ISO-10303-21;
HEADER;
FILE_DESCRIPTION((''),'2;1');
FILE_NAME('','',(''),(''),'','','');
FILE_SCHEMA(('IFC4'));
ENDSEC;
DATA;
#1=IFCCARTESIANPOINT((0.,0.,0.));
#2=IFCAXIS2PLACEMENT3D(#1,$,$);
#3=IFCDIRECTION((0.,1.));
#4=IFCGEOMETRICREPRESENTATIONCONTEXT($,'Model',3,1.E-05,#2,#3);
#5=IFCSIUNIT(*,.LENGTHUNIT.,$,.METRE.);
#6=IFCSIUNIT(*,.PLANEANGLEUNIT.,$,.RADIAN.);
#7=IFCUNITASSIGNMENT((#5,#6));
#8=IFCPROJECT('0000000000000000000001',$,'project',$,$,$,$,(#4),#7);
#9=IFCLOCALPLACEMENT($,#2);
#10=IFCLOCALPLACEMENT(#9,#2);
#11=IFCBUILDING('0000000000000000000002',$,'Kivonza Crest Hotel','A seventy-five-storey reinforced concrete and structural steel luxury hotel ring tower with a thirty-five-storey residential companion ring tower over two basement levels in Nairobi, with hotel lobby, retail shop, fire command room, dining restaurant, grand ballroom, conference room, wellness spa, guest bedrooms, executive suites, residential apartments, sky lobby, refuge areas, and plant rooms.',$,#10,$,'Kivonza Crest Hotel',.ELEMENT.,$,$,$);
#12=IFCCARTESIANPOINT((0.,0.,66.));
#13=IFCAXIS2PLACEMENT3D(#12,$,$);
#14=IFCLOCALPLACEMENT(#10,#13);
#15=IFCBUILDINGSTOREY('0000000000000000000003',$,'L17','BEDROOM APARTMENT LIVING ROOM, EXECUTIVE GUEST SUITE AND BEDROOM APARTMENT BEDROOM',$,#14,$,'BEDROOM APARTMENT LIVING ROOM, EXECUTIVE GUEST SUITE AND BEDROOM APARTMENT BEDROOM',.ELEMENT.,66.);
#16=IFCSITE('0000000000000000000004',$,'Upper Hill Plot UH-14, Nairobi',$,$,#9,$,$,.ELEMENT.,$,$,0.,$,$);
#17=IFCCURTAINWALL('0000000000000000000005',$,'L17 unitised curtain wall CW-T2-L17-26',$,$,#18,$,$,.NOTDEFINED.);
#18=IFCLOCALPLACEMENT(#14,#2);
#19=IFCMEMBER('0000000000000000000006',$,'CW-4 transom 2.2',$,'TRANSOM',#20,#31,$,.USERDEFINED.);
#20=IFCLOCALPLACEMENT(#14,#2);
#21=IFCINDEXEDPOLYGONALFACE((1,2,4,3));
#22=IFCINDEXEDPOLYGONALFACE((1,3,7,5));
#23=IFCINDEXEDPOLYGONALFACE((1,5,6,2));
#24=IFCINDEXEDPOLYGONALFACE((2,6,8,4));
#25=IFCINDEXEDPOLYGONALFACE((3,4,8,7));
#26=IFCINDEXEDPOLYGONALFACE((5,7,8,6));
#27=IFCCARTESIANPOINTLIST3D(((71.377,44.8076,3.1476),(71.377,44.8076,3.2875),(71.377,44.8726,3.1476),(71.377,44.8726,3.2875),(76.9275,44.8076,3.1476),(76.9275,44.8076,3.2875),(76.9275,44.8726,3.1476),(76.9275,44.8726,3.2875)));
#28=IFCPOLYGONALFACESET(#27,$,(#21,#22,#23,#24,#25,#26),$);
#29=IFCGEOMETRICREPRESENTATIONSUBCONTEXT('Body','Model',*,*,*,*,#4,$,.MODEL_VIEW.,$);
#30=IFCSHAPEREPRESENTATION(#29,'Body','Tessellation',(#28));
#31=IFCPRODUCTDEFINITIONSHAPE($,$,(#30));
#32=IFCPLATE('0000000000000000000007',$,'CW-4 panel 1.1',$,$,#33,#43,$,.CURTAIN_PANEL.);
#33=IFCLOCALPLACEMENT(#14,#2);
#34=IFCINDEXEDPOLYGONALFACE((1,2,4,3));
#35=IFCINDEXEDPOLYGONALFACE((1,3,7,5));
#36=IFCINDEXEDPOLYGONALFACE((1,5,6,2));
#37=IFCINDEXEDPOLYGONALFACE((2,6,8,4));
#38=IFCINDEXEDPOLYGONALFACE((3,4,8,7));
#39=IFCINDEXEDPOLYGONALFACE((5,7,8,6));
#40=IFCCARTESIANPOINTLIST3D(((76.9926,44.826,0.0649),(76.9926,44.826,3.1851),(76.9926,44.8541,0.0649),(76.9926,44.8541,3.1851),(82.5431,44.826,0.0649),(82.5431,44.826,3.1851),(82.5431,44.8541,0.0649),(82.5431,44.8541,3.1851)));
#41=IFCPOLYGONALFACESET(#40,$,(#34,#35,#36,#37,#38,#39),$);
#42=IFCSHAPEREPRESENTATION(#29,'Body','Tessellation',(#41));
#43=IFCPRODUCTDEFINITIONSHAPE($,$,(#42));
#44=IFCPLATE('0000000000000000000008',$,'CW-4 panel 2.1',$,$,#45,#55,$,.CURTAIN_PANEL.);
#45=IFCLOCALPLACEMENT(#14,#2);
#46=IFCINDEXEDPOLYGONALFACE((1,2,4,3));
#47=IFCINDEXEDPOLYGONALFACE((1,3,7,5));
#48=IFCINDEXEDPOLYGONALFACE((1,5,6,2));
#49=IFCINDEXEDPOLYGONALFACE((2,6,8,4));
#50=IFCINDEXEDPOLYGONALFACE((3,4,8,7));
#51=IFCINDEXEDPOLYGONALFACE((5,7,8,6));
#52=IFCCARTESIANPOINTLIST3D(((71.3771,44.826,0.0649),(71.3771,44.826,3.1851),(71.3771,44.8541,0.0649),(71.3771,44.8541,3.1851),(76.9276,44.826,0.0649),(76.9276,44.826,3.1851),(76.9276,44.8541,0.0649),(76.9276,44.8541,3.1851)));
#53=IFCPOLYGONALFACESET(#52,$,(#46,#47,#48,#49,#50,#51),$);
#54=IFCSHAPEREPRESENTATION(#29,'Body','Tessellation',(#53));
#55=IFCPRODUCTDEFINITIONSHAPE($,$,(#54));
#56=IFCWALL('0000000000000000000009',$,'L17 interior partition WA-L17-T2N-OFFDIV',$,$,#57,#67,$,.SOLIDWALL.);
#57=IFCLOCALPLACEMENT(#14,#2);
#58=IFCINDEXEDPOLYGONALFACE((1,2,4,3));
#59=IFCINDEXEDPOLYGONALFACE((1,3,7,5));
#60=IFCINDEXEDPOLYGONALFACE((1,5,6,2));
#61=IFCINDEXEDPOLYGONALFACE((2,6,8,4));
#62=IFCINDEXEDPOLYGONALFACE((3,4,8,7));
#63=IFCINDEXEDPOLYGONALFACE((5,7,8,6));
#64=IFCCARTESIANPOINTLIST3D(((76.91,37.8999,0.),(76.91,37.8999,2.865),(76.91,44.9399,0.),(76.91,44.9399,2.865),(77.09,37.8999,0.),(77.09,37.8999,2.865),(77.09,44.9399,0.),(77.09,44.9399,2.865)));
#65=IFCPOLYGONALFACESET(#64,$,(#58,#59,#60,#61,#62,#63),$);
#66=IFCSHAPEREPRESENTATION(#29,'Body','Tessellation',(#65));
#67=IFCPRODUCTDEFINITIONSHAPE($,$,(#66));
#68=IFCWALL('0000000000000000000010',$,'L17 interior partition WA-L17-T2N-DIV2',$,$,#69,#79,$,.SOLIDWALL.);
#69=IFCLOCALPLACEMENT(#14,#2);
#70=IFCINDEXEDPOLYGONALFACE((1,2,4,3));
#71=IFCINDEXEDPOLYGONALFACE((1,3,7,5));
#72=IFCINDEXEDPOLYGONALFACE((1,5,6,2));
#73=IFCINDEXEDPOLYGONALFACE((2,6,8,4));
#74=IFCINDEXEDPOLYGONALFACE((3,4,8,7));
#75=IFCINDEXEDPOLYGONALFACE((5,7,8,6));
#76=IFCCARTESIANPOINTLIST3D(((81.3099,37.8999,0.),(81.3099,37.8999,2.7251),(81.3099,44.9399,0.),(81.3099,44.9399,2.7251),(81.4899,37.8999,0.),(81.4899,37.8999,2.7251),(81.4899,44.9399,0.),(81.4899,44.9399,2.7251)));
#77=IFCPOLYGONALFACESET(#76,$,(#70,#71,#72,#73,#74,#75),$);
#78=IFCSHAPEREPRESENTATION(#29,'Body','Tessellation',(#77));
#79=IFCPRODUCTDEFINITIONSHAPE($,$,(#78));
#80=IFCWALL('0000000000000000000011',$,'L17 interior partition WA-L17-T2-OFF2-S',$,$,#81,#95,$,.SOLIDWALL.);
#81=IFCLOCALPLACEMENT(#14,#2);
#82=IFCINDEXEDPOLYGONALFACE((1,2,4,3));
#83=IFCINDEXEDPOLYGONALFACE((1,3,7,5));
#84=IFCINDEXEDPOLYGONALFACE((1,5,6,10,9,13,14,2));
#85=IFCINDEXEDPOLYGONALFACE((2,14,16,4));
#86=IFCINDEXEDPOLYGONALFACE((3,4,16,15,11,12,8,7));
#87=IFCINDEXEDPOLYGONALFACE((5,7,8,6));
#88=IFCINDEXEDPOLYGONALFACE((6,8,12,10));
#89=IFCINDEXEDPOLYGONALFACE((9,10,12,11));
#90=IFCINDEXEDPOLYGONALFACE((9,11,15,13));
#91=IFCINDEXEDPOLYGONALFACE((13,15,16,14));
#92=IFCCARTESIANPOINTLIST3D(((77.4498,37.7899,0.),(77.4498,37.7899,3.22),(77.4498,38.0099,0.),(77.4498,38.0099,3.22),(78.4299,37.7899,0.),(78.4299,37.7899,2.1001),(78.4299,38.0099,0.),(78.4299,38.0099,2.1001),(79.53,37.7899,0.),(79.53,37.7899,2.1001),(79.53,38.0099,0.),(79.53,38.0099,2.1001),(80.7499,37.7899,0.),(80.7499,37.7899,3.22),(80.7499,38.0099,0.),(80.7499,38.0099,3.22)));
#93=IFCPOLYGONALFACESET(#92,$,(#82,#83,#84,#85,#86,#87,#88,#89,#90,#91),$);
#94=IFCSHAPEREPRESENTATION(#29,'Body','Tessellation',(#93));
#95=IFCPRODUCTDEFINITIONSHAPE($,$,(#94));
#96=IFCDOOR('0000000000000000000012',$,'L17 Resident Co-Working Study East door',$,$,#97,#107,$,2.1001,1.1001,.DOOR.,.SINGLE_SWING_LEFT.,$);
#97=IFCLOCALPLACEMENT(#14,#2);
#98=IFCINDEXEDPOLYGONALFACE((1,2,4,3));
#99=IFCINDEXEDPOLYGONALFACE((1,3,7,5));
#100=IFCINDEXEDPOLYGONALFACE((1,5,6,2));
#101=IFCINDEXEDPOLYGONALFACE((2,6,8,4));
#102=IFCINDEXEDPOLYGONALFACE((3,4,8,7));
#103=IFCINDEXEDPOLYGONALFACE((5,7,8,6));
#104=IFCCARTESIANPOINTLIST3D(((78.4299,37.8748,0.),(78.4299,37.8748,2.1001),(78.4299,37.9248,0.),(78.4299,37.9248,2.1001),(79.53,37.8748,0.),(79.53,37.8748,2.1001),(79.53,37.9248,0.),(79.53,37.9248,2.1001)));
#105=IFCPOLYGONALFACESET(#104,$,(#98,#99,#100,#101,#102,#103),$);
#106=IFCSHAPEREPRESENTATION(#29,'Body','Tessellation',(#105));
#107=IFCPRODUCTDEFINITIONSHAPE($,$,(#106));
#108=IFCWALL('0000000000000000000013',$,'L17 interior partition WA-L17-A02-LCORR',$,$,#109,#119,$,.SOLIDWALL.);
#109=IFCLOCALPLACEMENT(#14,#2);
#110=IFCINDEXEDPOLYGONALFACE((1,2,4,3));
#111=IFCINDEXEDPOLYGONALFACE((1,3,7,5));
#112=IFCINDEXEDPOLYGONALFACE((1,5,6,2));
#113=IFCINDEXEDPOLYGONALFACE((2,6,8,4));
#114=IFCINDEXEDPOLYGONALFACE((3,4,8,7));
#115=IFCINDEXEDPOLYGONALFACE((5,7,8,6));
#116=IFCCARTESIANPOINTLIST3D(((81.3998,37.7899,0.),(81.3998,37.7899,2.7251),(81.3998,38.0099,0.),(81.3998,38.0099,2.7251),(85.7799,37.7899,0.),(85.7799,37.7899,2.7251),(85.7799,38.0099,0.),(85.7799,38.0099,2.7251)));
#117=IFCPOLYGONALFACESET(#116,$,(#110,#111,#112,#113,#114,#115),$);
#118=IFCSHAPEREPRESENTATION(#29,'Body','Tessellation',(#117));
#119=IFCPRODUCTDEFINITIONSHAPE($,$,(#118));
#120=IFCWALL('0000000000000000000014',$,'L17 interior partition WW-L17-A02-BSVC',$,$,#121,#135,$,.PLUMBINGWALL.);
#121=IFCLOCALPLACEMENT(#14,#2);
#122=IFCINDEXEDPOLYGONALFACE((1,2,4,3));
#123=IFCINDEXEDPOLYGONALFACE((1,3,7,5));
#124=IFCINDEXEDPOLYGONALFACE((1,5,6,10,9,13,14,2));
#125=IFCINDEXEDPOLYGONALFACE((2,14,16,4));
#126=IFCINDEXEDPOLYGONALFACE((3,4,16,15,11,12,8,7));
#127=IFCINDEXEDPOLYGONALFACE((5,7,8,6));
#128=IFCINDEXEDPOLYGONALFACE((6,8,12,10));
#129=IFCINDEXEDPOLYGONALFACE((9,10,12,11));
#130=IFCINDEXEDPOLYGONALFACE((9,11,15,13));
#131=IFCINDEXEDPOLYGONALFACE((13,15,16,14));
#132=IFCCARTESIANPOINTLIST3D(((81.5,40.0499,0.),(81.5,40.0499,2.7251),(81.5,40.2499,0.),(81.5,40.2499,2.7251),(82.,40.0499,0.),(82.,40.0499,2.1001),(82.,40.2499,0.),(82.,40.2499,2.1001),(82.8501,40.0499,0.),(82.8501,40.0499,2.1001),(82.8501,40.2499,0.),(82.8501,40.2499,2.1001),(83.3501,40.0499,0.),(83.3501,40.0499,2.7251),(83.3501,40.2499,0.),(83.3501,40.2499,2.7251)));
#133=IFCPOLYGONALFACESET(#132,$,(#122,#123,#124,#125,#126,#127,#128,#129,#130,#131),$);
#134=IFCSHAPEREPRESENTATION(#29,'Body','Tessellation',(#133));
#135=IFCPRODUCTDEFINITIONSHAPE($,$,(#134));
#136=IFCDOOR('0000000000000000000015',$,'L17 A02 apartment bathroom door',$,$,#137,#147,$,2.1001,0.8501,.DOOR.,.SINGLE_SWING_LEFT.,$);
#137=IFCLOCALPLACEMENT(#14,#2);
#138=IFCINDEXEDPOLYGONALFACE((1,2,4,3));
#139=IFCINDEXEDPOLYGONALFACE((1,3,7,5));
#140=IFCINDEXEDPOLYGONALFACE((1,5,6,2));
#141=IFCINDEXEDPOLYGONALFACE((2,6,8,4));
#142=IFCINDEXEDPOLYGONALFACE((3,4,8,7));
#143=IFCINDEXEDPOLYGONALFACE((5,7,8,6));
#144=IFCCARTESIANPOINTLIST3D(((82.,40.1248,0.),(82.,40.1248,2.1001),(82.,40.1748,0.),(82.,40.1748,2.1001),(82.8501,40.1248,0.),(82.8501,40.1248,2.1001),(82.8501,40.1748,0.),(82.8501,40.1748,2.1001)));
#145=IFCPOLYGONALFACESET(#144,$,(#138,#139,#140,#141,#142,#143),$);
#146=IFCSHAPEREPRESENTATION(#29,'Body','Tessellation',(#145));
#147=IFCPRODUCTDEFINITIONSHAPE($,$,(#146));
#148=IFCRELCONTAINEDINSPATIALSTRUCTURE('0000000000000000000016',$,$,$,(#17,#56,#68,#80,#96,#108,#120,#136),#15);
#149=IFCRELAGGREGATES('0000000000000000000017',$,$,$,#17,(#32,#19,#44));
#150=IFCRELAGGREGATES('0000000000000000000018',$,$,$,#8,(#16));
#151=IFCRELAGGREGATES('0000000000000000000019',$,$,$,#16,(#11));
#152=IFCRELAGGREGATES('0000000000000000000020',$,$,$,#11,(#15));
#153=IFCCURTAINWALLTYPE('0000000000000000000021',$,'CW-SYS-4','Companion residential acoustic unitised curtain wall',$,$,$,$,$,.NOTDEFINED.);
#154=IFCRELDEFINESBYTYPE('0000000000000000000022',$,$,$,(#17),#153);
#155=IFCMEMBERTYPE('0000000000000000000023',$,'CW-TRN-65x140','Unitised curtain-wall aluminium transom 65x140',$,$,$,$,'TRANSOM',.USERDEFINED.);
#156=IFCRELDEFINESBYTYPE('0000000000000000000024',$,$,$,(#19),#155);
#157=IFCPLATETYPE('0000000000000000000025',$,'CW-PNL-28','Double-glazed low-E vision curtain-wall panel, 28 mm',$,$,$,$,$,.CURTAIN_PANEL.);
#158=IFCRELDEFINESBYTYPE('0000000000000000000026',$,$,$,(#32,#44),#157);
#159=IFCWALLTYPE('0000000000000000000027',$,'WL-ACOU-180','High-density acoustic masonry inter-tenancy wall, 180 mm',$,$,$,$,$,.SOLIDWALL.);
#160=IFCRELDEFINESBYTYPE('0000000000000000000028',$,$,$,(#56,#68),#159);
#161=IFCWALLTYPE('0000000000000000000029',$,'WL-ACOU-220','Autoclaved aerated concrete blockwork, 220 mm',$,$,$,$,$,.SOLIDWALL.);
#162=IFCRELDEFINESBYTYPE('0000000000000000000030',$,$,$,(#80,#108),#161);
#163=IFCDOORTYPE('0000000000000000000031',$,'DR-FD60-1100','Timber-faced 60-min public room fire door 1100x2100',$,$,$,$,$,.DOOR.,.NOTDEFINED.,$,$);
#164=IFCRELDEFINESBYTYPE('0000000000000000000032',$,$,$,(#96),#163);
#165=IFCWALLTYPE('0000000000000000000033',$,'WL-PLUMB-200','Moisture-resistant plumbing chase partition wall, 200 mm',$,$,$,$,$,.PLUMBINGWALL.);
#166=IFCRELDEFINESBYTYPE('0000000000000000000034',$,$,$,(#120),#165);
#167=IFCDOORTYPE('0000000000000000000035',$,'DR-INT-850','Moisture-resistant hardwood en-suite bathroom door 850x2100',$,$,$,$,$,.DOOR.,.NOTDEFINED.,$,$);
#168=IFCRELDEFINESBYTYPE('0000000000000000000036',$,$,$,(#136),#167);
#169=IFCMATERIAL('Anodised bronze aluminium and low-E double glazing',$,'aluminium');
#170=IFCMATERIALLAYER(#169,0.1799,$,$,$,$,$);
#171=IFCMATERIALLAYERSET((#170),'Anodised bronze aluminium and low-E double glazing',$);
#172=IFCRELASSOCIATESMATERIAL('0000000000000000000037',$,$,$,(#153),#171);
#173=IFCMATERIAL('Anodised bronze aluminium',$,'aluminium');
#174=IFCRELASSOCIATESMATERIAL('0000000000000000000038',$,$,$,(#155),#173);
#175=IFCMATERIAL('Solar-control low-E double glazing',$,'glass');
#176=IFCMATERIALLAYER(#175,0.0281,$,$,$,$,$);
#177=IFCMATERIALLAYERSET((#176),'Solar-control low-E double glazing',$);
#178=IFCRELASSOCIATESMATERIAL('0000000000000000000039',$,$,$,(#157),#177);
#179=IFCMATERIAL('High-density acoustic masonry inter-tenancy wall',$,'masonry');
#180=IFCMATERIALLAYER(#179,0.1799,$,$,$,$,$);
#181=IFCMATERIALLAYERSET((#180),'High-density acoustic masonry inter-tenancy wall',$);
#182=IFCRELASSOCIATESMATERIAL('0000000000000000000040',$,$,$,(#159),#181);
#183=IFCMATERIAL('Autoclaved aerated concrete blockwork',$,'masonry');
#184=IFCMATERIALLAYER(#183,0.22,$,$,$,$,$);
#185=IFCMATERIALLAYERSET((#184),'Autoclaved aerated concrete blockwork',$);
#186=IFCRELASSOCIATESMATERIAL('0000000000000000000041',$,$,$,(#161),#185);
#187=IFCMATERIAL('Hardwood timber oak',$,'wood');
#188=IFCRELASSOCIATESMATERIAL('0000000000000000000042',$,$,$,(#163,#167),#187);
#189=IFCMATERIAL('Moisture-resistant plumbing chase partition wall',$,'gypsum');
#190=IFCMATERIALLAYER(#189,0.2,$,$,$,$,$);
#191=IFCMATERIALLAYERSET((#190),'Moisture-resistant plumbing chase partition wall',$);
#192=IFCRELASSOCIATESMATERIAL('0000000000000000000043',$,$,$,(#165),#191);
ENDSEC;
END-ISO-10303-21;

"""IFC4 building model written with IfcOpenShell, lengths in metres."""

from ifc_helpers import new_model, si_unit, direction, frame, frame_2d, origin, origin_2d, place, context, subcontext, project, spatial, rectangle, extrude, material, layer, layer_set, material_profile, profile_set, type_object, element, fill, aggregate, save


model = new_model("IFC4")

# Units and contexts
model_context = context("Model", 3, precision=1e-05, world=origin(), true_north=direction((0.0, 1.0)))
body_context = subcontext(model_context, "Body", "Model", "MODEL_VIEW")
ifc_project = project(units=[si_unit("LENGTHUNIT", "METRE"), si_unit("PLANEANGLEUNIT", "RADIAN")], contexts=[model_context])

# Site, building, storey
site_placement = place(None, origin())
site = spatial("IfcSite", under=ifc_project, at=site_placement, Name="Upper Hill Plot UH-14, Nairobi", CompositionType="ELEMENT", RefElevation=0.0)
building_placement = place(site_placement, origin())
building = spatial("IfcBuilding", under=site, at=building_placement, Name="Kivonza Crest Hotel", Description="A seventy-five-storey reinforced concrete and structural steel luxury hotel ring tower with a thirty-five-storey residential companion ring tower over two basement levels in Nairobi, with hotel lobby, retail shop, fire command room, dining restaurant, grand ballroom, conference room, wellness spa, guest bedrooms, executive suites, residential apartments, sky lobby, refuge areas, and plant rooms.", LongName="Kivonza Crest Hotel", CompositionType="ELEMENT")
storey_placement = place(building_placement, frame((0.0, 0.0, 66.0)))
storey = spatial("IfcBuildingStorey", under=building, at=storey_placement, Name="L17", Description="BEDROOM APARTMENT LIVING ROOM, EXECUTIVE GUEST SUITE AND BEDROOM APARTMENT BEDROOM", LongName="BEDROOM APARTMENT LIVING ROOM, EXECUTIVE GUEST SUITE AND BEDROOM APARTMENT BEDROOM", CompositionType="ELEMENT", Elevation=66.0)

# Curtain wall, member, plates
ifc_material_1 = material(Name="Anodised bronze aluminium and low-E double glazing", Category="aluminium")
ifc_layer_1 = layer(ifc_material_1, 0.1799)
ifc_layer_set_1 = layer_set([ifc_layer_1], Name="Anodised bronze aluminium and low-E double glazing")
curtain_wall_type = type_object("IfcCurtainWallType", Name="CW-SYS-4", Description="Companion residential acoustic unitised curtain wall", PredefinedType="NOTDEFINED", material=ifc_layer_set_1)
curtain_wall_placement = place(storey_placement, origin())
curtain_wall = element("IfcCurtainWall", 1, at=curtain_wall_placement, inside=storey, type_object=curtain_wall_type, Name="L17 unitised curtain wall CW-T2-L17-26", PredefinedType="NOTDEFINED")
ifc_material_2 = material(Name="Anodised bronze aluminium", Category="aluminium")
ifc_material_profile_1 = material_profile(ifc_material_2, rectangle(XDim=0.0649, YDim=0.1399, at=origin_2d()), Name="CW-T 65x140")
ifc_profile_set_1 = profile_set([ifc_material_profile_1], Name="Anodised bronze aluminium")
member_type_1 = type_object("IfcMemberType", Name="CW-TRN-65x140", Description="Unitised curtain-wall aluminium transom 65x140", ElementType="TRANSOM", PredefinedType="USERDEFINED", material=ifc_profile_set_1)
member_1_placement = place(storey_placement, frame((76.9275, 44.8401, 3.2175), z_axis=(-1.0, 0.0, 0.0), x_axis=(0.0, -1.0, 0.0)))
member_1 = element("IfcMember", 2, at=member_1_placement, type_object=member_type_1, Name="CW-4 transom 2.2", ObjectType="TRANSOM", PredefinedType="USERDEFINED", context=body_context, shape_type="SweptSolid", body=[
    extrude(rectangle(XDim=0.0649, YDim=0.1399, at=origin_2d()), origin(), (0.0, 0.0, 1.0), 5.5505),
])
ifc_material_3 = material(Name="Solar-control low-E double glazing", Category="glass")
ifc_layer_2 = layer(ifc_material_3, 0.0281)
ifc_layer_set_2 = layer_set([ifc_layer_2], Name="Solar-control low-E double glazing")
plate_type = type_object("IfcPlateType", Name="CW-PNL-28", Description="Double-glazed low-E vision curtain-wall panel, 28 mm", PredefinedType="CURTAIN_PANEL", material=ifc_layer_set_2)
plate_1_placement = place(storey_placement, frame((79.7678, 44.8401, 0.0649), z_axis=(0.0, 0.0, 1.0), x_axis=(-1.0, 0.0, 0.0)))
plate_1 = element("IfcPlate", 3, at=plate_1_placement, type_object=plate_type, Name="CW-4 panel 1.1", PredefinedType="CURTAIN_PANEL", context=body_context, shape_type="SweptSolid", body=[
    extrude(rectangle(XDim=5.5505, YDim=0.0281, at=origin_2d()), origin(), (0.0, 0.0, 1.0), 3.1201),
])
plate_2_placement = place(storey_placement, frame((74.1523, 44.8401, 0.0649), z_axis=(0.0, 0.0, 1.0), x_axis=(-1.0, 0.0, 0.0)))
plate_2 = element("IfcPlate", 4, at=plate_2_placement, type_object=plate_type, Name="CW-4 panel 2.1", PredefinedType="CURTAIN_PANEL", context=body_context, shape_type="SweptSolid", body=[
    extrude(rectangle(XDim=5.5505, YDim=0.0281, at=origin_2d()), origin(), (0.0, 0.0, 1.0), 3.1201),
])
aggregate(curtain_wall, [plate_1, member_1, plate_2])

# Walls
ifc_material_4 = material(Name="High-density acoustic masonry inter-tenancy wall", Category="masonry")
ifc_layer_3 = layer(ifc_material_4, 0.1799)
ifc_layer_set_3 = layer_set([ifc_layer_3], Name="High-density acoustic masonry inter-tenancy wall")
wall_type_1 = type_object("IfcWallType", Name="WL-ACOU-180", Description="High-density acoustic masonry inter-tenancy wall, 180 mm", PredefinedType="SOLIDWALL", material=ifc_layer_set_3)
wall_1_placement = place(storey_placement, frame((77.0, 37.8999, 0.0), z_axis=(0.0, 0.0, 1.0), x_axis=(0.0, 1.0, 0.0)))
element("IfcWall", 5, at=wall_1_placement, inside=storey, type_object=wall_type_1, Name="L17 interior partition WA-L17-T2N-OFFDIV", PredefinedType="SOLIDWALL", context=body_context, shape_type="SweptSolid", body=[
    extrude(rectangle(XDim=7.04, YDim=0.1799, at=frame_2d((3.52, 0.0))), origin(), (0.0, 0.0, 1.0), 2.865),
])
wall_2_placement = place(storey_placement, frame((81.3999, 37.8999, 0.0), z_axis=(0.0, 0.0, 1.0), x_axis=(0.0, 1.0, 0.0)))
element("IfcWall", 6, at=wall_2_placement, inside=storey, type_object=wall_type_1, Name="L17 interior partition WA-L17-T2N-DIV2", PredefinedType="SOLIDWALL", context=body_context, shape_type="SweptSolid", body=[
    extrude(rectangle(XDim=7.04, YDim=0.1799, at=frame_2d((3.52, 0.0))), origin(), (0.0, 0.0, 1.0), 2.7251),
])

# Wall, opening, door
ifc_material_5 = material(Name="Autoclaved aerated concrete blockwork", Category="masonry")
ifc_layer_4 = layer(ifc_material_5, 0.22)
ifc_layer_set_4 = layer_set([ifc_layer_4], Name="Autoclaved aerated concrete blockwork")
wall_type_2 = type_object("IfcWallType", Name="WL-ACOU-220", Description="Autoclaved aerated concrete blockwork, 220 mm", PredefinedType="SOLIDWALL", material=ifc_layer_set_4)
wall_3_placement = place(storey_placement, frame((77.45, 37.8999, 0.0), z_axis=(0.0, 0.0, 1.0), x_axis=(1.0, 0.0, 0.0)))
wall_3 = element("IfcWall", 7, at=wall_3_placement, inside=storey, type_object=wall_type_2, Name="L17 interior partition WA-L17-T2-OFF2-S", PredefinedType="SOLIDWALL", context=body_context, shape_type="SweptSolid", body=[
    extrude(rectangle(XDim=3.3, YDim=0.22, at=frame_2d((1.6499, 0.0))), origin(), (0.0, 0.0, 1.0), 3.22),
])
opening_1_placement = place(wall_3_placement, frame((0.98, 0.0, 0.0)))
opening_1 = element("IfcOpeningElement", 8, at=opening_1_placement, cuts=wall_3, PredefinedType="OPENING", context=body_context, shape_type="SweptSolid", body=[
    extrude(rectangle(XDim=1.1001, YDim=2.1001, at=frame_2d((0.55, 1.05))), frame((0.0, 0.1201, 0.0), z_axis=(0.0, -1.0, 0.0), x_axis=(1.0, 0.0, 0.0)), (0.0, 0.0, 1.0), 0.24),
])
ifc_material_6 = material(Name="Hardwood timber oak", Category="wood")
door_type_1 = type_object("IfcDoorType", Name="DR-FD60-1100", Description="Timber-faced 60-min public room fire door 1100x2100", OperationType="NOTDEFINED", PredefinedType="DOOR", material=ifc_material_6)
door_1_placement = place(opening_1_placement, origin())
door_1 = element("IfcDoor", 9, at=door_1_placement, inside=storey, type_object=door_type_1, Name="L17 Resident Co-Working Study East door", OperationType="SINGLE_SWING_LEFT", OverallHeight=2.1001, OverallWidth=1.1001, PredefinedType="DOOR", context=body_context, shape_type="SweptSolid", body=[
    extrude(rectangle(XDim=1.1001, YDim=2.1001, at=frame_2d((0.55, 1.05))), frame((0.0, 0.0249, 0.0), z_axis=(0.0, -1.0, 0.0), x_axis=(1.0, 0.0, 0.0)), (0.0, 0.0, 1.0), 0.05),
])
fill(opening_1, door_1)

# Wall
wall_4_placement = place(storey_placement, frame((81.3999, 37.8999, 0.0), z_axis=(0.0, 0.0, 1.0), x_axis=(1.0, 0.0, 0.0)))
element("IfcWall", 10, at=wall_4_placement, inside=storey, type_object=wall_type_2, Name="L17 interior partition WA-L17-A02-LCORR", PredefinedType="SOLIDWALL", context=body_context, shape_type="SweptSolid", body=[
    extrude(rectangle(XDim=4.3801, YDim=0.22, at=frame_2d((2.1899, 0.0))), origin(), (0.0, 0.0, 1.0), 2.7251),
])

# Wall, opening, door
ifc_material_7 = material(Name="Moisture-resistant plumbing chase partition wall", Category="gypsum")
ifc_layer_5 = layer(ifc_material_7, 0.2)
ifc_layer_set_5 = layer_set([ifc_layer_5], Name="Moisture-resistant plumbing chase partition wall")
wall_type_3 = type_object("IfcWallType", Name="WL-PLUMB-200", Description="Moisture-resistant plumbing chase partition wall, 200 mm", PredefinedType="PLUMBINGWALL", material=ifc_layer_set_5)
wall_5_placement = place(storey_placement, frame((81.5, 40.1499, 0.0), z_axis=(0.0, 0.0, 1.0), x_axis=(1.0, 0.0, 0.0)))
wall_5 = element("IfcWall", 11, at=wall_5_placement, inside=storey, type_object=wall_type_3, Name="L17 interior partition WW-L17-A02-BSVC", PredefinedType="PLUMBINGWALL", context=body_context, shape_type="SweptSolid", body=[
    extrude(rectangle(XDim=1.8501, YDim=0.2, at=frame_2d((0.925, 0.0))), origin(), (0.0, 0.0, 1.0), 2.7251),
])
opening_2_placement = place(wall_5_placement, frame((0.5, 0.0, 0.0)))
opening_2 = element("IfcOpeningElement", 12, at=opening_2_placement, cuts=wall_5, PredefinedType="OPENING", context=body_context, shape_type="SweptSolid", body=[
    extrude(rectangle(XDim=0.8501, YDim=2.1001, at=frame_2d((0.425, 1.05))), frame((0.0, 0.1099, 0.0), z_axis=(0.0, -1.0, 0.0), x_axis=(1.0, 0.0, 0.0)), (0.0, 0.0, 1.0), 0.22),
])
door_type_2 = type_object("IfcDoorType", Name="DR-INT-850", Description="Moisture-resistant hardwood en-suite bathroom door 850x2100", OperationType="NOTDEFINED", PredefinedType="DOOR", material=ifc_material_6)
door_2_placement = place(opening_2_placement, origin())
door_2 = element("IfcDoor", 13, at=door_2_placement, inside=storey, type_object=door_type_2, Name="L17 A02 apartment bathroom door", OperationType="SINGLE_SWING_LEFT", OverallHeight=2.1001, OverallWidth=0.8501, PredefinedType="DOOR", context=body_context, shape_type="SweptSolid", body=[
    extrude(rectangle(XDim=0.8501, YDim=2.1001, at=frame_2d((0.425, 1.05))), frame((0.0, 0.0249, 0.0), z_axis=(0.0, -1.0, 0.0), x_axis=(1.0, 0.0, 0.0)), (0.0, 0.0, 1.0), 0.05),
])
fill(opening_2, door_2)

save(model, "model.ifc")
